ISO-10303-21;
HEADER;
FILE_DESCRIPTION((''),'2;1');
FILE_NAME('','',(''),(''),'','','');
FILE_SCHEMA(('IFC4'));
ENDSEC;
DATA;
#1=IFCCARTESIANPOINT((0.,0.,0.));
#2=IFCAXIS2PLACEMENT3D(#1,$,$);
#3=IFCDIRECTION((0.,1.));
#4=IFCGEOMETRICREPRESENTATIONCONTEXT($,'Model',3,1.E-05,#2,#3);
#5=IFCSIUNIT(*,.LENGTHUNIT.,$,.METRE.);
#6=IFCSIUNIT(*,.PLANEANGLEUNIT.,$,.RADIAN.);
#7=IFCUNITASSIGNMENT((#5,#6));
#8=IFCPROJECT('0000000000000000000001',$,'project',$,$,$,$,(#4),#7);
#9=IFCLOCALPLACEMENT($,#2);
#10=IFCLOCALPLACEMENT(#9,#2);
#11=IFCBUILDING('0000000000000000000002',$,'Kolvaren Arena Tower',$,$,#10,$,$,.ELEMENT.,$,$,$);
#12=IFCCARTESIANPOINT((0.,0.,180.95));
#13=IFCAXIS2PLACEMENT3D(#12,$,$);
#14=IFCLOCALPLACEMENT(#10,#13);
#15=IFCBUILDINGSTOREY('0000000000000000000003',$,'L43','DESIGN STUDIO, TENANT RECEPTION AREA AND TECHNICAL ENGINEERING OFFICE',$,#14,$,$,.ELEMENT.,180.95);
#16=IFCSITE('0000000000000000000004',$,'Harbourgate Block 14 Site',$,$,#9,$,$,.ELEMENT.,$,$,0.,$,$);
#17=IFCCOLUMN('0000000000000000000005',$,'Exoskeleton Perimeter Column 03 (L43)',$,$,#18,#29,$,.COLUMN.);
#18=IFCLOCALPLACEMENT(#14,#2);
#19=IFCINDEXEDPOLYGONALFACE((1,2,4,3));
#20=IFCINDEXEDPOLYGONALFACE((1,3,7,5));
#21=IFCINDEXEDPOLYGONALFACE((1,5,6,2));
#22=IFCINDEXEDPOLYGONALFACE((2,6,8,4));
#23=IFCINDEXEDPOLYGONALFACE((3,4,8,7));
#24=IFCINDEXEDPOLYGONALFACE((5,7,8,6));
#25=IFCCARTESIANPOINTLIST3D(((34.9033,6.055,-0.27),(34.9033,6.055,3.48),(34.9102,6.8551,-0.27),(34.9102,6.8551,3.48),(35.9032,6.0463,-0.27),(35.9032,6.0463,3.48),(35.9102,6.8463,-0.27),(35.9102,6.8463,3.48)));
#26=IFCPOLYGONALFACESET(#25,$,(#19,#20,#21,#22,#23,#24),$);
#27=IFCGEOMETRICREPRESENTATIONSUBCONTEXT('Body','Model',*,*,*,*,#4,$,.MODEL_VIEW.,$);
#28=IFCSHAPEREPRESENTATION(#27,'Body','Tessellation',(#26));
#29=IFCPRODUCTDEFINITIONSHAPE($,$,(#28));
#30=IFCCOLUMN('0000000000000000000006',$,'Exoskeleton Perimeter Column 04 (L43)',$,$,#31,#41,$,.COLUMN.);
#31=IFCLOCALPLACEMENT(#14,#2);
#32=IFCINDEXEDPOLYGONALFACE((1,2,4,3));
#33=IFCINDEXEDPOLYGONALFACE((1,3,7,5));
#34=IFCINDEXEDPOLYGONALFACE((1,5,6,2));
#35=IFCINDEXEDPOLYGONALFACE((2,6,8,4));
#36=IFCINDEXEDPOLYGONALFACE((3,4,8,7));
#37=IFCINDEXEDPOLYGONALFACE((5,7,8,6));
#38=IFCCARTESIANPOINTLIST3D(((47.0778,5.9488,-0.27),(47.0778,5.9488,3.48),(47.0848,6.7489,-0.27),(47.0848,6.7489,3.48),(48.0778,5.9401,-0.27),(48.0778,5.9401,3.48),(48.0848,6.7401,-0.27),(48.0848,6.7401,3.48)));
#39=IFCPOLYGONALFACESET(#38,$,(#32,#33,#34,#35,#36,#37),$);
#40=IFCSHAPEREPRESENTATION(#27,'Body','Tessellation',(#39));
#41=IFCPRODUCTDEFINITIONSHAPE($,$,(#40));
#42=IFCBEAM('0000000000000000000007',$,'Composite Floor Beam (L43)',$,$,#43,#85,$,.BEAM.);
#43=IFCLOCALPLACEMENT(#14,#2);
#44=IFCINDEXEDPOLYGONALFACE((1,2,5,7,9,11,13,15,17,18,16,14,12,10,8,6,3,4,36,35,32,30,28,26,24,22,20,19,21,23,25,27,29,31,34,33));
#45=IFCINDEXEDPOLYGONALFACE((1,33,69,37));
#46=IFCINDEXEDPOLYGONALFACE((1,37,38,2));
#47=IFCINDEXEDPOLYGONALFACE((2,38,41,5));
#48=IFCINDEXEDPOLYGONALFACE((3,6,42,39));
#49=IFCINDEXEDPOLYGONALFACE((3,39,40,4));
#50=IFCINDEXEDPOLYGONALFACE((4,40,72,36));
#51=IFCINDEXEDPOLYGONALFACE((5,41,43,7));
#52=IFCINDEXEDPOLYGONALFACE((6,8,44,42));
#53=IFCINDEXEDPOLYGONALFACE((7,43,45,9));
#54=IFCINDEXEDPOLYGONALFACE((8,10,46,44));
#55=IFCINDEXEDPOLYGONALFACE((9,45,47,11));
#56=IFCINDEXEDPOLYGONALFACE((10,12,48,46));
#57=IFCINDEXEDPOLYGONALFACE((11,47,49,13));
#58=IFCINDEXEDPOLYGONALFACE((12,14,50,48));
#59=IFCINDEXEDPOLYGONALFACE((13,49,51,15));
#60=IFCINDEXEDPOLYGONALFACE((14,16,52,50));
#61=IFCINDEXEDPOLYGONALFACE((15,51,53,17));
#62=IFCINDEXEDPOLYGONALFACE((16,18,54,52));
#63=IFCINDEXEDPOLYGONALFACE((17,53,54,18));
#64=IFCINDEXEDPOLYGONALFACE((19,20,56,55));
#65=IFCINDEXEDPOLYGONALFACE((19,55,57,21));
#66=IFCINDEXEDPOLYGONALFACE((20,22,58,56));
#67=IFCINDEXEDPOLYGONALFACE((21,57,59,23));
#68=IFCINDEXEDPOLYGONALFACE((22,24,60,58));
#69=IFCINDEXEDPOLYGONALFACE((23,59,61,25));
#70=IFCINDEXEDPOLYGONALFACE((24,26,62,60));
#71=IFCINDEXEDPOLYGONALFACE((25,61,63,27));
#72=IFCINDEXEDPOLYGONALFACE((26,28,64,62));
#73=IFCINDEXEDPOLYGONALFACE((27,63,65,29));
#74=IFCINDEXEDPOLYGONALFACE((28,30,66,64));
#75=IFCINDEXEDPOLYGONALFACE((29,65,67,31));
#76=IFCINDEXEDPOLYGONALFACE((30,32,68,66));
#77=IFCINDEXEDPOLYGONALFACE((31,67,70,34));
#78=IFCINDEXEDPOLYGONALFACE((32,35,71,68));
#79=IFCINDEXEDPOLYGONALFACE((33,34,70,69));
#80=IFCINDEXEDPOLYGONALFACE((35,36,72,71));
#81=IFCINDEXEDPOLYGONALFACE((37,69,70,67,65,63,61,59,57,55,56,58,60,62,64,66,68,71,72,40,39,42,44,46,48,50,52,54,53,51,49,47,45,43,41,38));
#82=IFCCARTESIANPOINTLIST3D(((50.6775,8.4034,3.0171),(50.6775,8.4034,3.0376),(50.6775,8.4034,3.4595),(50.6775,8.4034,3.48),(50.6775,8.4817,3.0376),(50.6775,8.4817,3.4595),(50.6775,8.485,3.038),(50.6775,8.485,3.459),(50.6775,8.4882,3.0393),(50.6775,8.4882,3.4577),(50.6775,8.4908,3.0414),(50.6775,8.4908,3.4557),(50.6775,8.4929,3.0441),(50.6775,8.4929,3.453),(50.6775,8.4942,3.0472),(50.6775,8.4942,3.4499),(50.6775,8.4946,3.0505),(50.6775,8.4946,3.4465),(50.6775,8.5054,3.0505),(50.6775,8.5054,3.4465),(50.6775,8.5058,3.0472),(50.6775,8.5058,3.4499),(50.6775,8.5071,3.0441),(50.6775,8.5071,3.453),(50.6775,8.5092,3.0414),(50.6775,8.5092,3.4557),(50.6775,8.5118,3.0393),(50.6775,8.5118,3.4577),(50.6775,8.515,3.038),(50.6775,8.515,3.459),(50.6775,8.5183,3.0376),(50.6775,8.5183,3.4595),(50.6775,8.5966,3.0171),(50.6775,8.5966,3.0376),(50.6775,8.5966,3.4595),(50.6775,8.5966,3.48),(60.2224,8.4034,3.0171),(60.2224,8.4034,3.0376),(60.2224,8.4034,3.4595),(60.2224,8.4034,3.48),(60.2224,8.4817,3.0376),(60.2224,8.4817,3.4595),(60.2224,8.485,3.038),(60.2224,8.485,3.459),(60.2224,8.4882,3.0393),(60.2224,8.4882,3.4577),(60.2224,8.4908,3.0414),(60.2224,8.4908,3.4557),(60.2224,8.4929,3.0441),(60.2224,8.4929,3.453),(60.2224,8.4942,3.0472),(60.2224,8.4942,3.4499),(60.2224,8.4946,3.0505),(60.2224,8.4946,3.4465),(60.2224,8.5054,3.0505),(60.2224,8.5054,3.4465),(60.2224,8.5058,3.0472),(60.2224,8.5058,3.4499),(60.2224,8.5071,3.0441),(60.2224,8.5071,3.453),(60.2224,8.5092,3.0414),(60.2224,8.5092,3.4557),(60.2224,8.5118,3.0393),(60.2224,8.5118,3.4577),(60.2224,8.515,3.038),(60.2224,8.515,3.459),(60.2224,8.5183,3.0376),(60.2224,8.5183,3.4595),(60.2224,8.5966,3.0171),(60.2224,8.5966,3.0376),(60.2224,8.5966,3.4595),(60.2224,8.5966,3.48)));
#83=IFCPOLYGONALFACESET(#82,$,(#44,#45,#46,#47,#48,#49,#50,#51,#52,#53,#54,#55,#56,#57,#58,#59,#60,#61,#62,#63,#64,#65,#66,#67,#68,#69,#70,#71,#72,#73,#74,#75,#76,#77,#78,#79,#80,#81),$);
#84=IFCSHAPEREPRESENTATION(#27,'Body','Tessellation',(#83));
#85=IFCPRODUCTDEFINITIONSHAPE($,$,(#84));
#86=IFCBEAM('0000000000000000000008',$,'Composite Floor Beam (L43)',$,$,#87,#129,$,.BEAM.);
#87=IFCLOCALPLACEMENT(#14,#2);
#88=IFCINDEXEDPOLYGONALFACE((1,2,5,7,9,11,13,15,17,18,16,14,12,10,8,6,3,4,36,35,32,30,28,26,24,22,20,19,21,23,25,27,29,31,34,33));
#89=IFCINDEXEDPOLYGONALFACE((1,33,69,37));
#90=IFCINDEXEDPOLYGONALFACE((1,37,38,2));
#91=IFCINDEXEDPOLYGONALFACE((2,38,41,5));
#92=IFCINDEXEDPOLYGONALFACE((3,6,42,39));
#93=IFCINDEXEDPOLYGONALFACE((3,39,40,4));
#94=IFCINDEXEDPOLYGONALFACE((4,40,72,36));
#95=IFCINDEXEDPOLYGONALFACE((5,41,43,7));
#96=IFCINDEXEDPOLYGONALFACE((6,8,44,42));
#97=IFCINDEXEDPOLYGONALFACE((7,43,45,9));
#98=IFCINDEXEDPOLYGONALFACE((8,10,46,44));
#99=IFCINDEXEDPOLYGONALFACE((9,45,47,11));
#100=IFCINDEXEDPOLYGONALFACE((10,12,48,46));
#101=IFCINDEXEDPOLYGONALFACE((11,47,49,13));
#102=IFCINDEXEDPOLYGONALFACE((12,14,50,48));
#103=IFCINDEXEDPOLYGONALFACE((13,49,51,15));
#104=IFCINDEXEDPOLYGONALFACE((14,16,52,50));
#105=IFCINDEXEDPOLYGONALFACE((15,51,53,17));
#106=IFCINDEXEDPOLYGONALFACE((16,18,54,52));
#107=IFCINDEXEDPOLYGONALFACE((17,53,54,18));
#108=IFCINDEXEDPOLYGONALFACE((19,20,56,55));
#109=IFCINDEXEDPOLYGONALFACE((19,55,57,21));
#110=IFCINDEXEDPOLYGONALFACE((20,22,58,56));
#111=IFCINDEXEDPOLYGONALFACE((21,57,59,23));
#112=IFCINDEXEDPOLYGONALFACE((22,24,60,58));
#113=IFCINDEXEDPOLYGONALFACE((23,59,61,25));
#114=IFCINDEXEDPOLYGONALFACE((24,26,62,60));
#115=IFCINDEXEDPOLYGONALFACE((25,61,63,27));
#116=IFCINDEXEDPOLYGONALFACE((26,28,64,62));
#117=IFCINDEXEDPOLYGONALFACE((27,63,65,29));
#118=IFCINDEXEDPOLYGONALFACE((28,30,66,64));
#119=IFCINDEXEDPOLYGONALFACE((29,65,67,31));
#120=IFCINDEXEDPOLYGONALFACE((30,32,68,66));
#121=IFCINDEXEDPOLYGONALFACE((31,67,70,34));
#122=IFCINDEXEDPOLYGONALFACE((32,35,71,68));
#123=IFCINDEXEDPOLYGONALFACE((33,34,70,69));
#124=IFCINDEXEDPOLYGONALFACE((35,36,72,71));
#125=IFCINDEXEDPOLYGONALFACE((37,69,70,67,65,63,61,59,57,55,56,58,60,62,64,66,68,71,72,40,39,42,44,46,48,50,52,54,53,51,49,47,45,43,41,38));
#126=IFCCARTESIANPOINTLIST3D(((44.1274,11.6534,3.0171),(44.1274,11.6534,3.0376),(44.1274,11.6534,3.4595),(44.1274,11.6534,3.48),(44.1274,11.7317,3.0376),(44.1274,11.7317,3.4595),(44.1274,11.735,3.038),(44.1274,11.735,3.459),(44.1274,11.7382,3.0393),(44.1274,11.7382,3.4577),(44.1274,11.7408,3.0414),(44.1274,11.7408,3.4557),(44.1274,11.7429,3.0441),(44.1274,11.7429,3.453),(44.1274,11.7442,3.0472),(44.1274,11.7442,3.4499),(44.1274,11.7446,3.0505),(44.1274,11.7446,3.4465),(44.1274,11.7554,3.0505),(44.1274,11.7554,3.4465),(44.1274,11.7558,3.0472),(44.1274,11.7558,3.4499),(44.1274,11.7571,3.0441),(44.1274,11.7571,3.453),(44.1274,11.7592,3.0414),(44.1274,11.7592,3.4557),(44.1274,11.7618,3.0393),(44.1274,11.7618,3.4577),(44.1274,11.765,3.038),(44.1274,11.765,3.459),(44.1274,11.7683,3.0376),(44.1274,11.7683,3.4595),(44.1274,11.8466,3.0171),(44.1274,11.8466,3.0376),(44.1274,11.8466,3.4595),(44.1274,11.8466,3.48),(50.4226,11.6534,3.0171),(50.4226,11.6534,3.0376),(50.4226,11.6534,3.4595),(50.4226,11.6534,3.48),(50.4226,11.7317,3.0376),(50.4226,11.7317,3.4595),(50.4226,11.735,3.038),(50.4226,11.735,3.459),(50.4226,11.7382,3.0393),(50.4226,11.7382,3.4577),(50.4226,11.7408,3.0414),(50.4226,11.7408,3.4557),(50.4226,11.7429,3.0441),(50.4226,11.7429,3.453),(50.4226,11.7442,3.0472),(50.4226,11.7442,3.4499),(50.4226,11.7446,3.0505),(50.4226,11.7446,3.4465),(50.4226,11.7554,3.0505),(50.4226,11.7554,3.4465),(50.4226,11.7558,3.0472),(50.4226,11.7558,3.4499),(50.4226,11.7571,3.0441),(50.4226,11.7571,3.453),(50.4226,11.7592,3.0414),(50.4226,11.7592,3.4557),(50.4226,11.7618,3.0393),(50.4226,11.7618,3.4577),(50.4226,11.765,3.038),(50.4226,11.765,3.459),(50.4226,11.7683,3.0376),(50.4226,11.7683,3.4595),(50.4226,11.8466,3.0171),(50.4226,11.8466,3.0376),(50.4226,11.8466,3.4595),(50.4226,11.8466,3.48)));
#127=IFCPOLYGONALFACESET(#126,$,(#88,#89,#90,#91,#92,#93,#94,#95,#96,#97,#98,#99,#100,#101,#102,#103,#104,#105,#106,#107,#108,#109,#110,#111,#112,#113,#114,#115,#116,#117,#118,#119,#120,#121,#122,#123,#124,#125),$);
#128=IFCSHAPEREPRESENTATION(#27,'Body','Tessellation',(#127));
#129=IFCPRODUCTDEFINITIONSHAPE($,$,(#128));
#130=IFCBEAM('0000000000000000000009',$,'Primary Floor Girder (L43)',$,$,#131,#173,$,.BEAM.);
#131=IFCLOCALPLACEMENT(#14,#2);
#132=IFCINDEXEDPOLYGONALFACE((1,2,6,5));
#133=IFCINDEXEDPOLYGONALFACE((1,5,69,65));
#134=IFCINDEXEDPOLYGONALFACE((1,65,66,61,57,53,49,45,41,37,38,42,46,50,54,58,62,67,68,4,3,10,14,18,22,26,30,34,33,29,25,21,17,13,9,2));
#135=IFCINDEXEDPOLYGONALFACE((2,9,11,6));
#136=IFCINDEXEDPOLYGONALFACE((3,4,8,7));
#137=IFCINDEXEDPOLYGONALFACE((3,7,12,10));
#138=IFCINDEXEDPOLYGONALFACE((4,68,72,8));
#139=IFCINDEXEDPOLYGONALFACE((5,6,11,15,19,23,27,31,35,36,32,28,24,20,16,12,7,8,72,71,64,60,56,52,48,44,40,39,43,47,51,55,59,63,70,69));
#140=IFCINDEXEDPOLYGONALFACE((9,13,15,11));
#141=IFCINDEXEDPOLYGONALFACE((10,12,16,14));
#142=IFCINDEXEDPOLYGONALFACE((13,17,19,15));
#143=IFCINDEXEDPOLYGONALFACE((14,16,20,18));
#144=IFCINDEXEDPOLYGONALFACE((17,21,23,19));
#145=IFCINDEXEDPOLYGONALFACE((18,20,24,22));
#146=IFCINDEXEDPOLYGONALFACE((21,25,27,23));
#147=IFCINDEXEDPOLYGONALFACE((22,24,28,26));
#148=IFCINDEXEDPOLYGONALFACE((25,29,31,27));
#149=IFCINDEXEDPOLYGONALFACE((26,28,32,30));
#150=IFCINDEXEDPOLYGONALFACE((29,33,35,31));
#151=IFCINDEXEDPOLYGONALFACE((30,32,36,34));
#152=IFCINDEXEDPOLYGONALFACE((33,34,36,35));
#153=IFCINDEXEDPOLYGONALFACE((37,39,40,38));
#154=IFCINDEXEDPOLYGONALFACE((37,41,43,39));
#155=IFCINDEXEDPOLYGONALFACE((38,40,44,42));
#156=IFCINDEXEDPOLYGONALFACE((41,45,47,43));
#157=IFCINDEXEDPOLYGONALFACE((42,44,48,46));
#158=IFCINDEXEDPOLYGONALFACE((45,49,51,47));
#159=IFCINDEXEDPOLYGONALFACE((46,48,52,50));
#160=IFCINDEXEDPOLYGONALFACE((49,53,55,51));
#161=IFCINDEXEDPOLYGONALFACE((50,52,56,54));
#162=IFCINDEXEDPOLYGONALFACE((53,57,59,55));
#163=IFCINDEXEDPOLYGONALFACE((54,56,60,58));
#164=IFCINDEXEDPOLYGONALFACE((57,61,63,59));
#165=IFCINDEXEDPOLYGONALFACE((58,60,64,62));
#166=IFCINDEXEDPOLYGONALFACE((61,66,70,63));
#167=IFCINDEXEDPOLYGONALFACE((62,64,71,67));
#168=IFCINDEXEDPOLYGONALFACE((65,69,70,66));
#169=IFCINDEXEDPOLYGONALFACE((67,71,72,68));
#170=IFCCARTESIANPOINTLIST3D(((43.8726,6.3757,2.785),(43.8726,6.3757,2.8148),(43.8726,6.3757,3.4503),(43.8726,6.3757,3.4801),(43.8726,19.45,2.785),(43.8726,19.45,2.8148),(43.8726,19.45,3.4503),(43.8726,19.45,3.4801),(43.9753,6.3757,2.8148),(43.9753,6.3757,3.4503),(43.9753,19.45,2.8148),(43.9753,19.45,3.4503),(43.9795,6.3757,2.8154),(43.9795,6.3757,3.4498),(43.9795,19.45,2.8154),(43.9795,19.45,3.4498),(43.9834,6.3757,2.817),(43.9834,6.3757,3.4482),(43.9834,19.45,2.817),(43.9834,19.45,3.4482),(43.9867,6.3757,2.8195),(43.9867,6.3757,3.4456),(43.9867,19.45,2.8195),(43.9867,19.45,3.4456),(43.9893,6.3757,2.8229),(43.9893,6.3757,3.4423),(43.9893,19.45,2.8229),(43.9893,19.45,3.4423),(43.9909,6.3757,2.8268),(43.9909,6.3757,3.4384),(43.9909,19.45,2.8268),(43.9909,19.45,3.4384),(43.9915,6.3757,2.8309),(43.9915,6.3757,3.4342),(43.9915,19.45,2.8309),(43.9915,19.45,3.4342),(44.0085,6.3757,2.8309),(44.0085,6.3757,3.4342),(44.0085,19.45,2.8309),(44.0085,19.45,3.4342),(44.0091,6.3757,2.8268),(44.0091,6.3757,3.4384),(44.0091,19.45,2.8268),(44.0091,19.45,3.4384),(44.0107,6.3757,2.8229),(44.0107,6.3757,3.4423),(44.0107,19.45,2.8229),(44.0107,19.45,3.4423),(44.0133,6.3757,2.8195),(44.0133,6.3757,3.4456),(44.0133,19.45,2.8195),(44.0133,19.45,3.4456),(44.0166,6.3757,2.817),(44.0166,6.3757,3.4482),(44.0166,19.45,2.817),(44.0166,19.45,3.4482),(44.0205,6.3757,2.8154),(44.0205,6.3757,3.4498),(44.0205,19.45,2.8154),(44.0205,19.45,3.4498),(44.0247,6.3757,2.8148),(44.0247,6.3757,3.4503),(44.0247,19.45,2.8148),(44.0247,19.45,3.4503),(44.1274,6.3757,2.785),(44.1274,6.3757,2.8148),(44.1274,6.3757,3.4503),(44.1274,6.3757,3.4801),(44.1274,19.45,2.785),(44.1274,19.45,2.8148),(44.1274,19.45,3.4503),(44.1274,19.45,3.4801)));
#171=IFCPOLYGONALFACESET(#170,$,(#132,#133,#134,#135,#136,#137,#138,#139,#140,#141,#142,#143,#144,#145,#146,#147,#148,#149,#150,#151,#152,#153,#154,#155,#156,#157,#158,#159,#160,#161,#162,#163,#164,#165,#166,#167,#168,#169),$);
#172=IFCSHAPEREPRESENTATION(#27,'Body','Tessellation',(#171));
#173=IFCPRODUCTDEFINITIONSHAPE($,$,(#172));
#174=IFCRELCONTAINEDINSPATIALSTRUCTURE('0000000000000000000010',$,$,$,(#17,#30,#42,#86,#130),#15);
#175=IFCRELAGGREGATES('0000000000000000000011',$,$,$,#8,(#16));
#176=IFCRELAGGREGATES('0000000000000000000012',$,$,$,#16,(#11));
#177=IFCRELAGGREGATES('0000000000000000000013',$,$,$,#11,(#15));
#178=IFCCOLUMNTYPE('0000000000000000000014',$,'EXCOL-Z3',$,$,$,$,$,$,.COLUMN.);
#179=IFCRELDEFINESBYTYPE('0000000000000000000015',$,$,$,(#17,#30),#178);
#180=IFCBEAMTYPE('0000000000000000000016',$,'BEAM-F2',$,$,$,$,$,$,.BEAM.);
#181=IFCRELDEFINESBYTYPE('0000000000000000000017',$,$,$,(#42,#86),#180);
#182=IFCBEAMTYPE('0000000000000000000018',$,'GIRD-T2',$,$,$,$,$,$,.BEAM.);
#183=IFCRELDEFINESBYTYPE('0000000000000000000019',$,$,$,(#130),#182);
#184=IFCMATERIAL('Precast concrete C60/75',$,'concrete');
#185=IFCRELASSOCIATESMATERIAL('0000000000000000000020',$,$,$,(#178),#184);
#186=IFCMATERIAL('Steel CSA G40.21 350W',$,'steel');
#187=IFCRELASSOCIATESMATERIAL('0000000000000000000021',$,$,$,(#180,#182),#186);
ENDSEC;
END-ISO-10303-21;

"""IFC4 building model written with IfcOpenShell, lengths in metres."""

from ifc_helpers import new_model, si_unit, direction, frame, origin, origin_2d, place, context, subcontext, project, spatial, rectangle, i_section, extrude, material, material_profile, profile_set, type_object, element, save


model = new_model("IFC4")

# Units and contexts
model_context = context("Model", 3, precision=1e-05, world=origin(), true_north=direction((0.0, 1.0)))
body_context = subcontext(model_context, "Body", "Model", "MODEL_VIEW")
ifc_project = project(units=[si_unit("LENGTHUNIT", "METRE"), si_unit("PLANEANGLEUNIT", "RADIAN")], contexts=[model_context])

# Site, building, storey
site_placement = place(None, origin())
site = spatial("IfcSite", under=ifc_project, at=site_placement, Name="Harbourgate Block 14 Site", CompositionType="ELEMENT", RefElevation=0.0)
building_placement = place(site_placement, origin())
building = spatial("IfcBuilding", under=site, at=building_placement, Name="Kolvaren Arena Tower", CompositionType="ELEMENT")
storey_placement = place(building_placement, frame((0.0, 0.0, 180.95)))
storey = spatial("IfcBuildingStorey", under=building, at=storey_placement, Name="L43", Description="DESIGN STUDIO, TENANT RECEPTION AREA AND TECHNICAL ENGINEERING OFFICE", CompositionType="ELEMENT", Elevation=180.95)

# Columns
ifc_material_1 = material(Name="Precast concrete C60/75", Category="concrete")
ifc_material_profile_1 = material_profile(ifc_material_1, rectangle(XDim=1.0, YDim=0.8, at=origin_2d()), Name="RC-1000x800")
ifc_profile_set_1 = profile_set([ifc_material_profile_1], Name="Precast concrete C60/75")
column_type = type_object("IfcColumnType", Name="EXCOL-Z3", PredefinedType="COLUMN", material=ifc_profile_set_1)
for number, where, z_axis, x_axis, name in (
    (1, (35.4067, 6.4507, -0.27), (0.0, 0.0, 1.0), (0.999962, -0.008727, 0.0), "Exoskeleton Perimeter Column 03 (L43)"),
    (2, (47.5813, 6.3445, -0.27), (0.0, 0.0, 1.0), (0.999962, -0.008727, 0.0), "Exoskeleton Perimeter Column 04 (L43)"),
):
    element("IfcColumn", number, at=place(storey_placement, frame(where, z_axis=z_axis, x_axis=x_axis)), inside=storey, type_object=column_type, Name=name, PredefinedType="COLUMN", context=body_context, shape_type="SweptSolid", body=[
        extrude(rectangle(XDim=1.0, YDim=0.8, at=origin_2d()), origin(), (0.0, 0.0, 1.0), 3.75),
    ])

# Beams
ifc_material_2 = material(Name="Steel CSA G40.21 350W", Category="steel")
ifc_material_profile_2 = material_profile(ifc_material_2, i_section(OverallWidth=0.1931, OverallDepth=0.4629, WebThickness=0.0107, FlangeThickness=0.0205, FilletRadius=0.0129, at=origin_2d()), Name="W460x113")
ifc_profile_set_2 = profile_set([ifc_material_profile_2], Name="Steel CSA G40.21 350W")
beam_type_1 = type_object("IfcBeamType", Name="BEAM-F2", PredefinedType="BEAM", material=ifc_profile_set_2)
beam_1_placement = place(storey_placement, frame((50.6775, 8.5, 3.2485), z_axis=(1.0, 0.0, 0.0), x_axis=(0.0, 1.0, 0.0)))
element("IfcBeam", 3, at=beam_1_placement, inside=storey, type_object=beam_type_1, Name="Composite Floor Beam (L43)", PredefinedType="BEAM", context=body_context, shape_type="SweptSolid", body=[
    extrude(i_section(OverallWidth=0.1931, OverallDepth=0.4629, WebThickness=0.0107, FlangeThickness=0.0205, FilletRadius=0.0129, at=origin_2d()), origin(), (0.0, 0.0, 1.0), 9.5449),
])
beam_2_placement = place(storey_placement, frame((44.1274, 11.75, 3.2485), z_axis=(1.0, 0.0, 0.0), x_axis=(0.0, 1.0, 0.0)))
element("IfcBeam", 4, at=beam_2_placement, inside=storey, type_object=beam_type_1, Name="Composite Floor Beam (L43)", PredefinedType="BEAM", context=body_context, shape_type="SweptSolid", body=[
    extrude(i_section(OverallWidth=0.1931, OverallDepth=0.4629, WebThickness=0.0107, FlangeThickness=0.0205, FilletRadius=0.0129, at=origin_2d()), origin(), (0.0, 0.0, 1.0), 6.2952),
])
ifc_material_profile_3 = material_profile(ifc_material_2, i_section(OverallWidth=0.2549, OverallDepth=0.6951, WebThickness=0.0171, FlangeThickness=0.0298, FilletRadius=0.0161, at=origin_2d()), Name="W690x217")
ifc_profile_set_3 = profile_set([ifc_material_profile_3], Name="Steel CSA G40.21 350W")
beam_type_2 = type_object("IfcBeamType", Name="GIRD-T2", PredefinedType="BEAM", material=ifc_profile_set_3)
beam_3_placement = place(storey_placement, frame((44.0, 6.3757, 3.1326), z_axis=(0.0, 1.0, 0.0), x_axis=(-1.0, 0.0, 0.0)))
element("IfcBeam", 5, at=beam_3_placement, inside=storey, type_object=beam_type_2, Name="Primary Floor Girder (L43)", PredefinedType="BEAM", context=body_context, shape_type="SweptSolid", body=[
    extrude(i_section(OverallWidth=0.2549, OverallDepth=0.6951, WebThickness=0.0171, FlangeThickness=0.0298, FilletRadius=0.0161, at=origin_2d()), origin(), (0.0, 0.0, 1.0), 13.0742),
])

save(model, "model.ifc")
